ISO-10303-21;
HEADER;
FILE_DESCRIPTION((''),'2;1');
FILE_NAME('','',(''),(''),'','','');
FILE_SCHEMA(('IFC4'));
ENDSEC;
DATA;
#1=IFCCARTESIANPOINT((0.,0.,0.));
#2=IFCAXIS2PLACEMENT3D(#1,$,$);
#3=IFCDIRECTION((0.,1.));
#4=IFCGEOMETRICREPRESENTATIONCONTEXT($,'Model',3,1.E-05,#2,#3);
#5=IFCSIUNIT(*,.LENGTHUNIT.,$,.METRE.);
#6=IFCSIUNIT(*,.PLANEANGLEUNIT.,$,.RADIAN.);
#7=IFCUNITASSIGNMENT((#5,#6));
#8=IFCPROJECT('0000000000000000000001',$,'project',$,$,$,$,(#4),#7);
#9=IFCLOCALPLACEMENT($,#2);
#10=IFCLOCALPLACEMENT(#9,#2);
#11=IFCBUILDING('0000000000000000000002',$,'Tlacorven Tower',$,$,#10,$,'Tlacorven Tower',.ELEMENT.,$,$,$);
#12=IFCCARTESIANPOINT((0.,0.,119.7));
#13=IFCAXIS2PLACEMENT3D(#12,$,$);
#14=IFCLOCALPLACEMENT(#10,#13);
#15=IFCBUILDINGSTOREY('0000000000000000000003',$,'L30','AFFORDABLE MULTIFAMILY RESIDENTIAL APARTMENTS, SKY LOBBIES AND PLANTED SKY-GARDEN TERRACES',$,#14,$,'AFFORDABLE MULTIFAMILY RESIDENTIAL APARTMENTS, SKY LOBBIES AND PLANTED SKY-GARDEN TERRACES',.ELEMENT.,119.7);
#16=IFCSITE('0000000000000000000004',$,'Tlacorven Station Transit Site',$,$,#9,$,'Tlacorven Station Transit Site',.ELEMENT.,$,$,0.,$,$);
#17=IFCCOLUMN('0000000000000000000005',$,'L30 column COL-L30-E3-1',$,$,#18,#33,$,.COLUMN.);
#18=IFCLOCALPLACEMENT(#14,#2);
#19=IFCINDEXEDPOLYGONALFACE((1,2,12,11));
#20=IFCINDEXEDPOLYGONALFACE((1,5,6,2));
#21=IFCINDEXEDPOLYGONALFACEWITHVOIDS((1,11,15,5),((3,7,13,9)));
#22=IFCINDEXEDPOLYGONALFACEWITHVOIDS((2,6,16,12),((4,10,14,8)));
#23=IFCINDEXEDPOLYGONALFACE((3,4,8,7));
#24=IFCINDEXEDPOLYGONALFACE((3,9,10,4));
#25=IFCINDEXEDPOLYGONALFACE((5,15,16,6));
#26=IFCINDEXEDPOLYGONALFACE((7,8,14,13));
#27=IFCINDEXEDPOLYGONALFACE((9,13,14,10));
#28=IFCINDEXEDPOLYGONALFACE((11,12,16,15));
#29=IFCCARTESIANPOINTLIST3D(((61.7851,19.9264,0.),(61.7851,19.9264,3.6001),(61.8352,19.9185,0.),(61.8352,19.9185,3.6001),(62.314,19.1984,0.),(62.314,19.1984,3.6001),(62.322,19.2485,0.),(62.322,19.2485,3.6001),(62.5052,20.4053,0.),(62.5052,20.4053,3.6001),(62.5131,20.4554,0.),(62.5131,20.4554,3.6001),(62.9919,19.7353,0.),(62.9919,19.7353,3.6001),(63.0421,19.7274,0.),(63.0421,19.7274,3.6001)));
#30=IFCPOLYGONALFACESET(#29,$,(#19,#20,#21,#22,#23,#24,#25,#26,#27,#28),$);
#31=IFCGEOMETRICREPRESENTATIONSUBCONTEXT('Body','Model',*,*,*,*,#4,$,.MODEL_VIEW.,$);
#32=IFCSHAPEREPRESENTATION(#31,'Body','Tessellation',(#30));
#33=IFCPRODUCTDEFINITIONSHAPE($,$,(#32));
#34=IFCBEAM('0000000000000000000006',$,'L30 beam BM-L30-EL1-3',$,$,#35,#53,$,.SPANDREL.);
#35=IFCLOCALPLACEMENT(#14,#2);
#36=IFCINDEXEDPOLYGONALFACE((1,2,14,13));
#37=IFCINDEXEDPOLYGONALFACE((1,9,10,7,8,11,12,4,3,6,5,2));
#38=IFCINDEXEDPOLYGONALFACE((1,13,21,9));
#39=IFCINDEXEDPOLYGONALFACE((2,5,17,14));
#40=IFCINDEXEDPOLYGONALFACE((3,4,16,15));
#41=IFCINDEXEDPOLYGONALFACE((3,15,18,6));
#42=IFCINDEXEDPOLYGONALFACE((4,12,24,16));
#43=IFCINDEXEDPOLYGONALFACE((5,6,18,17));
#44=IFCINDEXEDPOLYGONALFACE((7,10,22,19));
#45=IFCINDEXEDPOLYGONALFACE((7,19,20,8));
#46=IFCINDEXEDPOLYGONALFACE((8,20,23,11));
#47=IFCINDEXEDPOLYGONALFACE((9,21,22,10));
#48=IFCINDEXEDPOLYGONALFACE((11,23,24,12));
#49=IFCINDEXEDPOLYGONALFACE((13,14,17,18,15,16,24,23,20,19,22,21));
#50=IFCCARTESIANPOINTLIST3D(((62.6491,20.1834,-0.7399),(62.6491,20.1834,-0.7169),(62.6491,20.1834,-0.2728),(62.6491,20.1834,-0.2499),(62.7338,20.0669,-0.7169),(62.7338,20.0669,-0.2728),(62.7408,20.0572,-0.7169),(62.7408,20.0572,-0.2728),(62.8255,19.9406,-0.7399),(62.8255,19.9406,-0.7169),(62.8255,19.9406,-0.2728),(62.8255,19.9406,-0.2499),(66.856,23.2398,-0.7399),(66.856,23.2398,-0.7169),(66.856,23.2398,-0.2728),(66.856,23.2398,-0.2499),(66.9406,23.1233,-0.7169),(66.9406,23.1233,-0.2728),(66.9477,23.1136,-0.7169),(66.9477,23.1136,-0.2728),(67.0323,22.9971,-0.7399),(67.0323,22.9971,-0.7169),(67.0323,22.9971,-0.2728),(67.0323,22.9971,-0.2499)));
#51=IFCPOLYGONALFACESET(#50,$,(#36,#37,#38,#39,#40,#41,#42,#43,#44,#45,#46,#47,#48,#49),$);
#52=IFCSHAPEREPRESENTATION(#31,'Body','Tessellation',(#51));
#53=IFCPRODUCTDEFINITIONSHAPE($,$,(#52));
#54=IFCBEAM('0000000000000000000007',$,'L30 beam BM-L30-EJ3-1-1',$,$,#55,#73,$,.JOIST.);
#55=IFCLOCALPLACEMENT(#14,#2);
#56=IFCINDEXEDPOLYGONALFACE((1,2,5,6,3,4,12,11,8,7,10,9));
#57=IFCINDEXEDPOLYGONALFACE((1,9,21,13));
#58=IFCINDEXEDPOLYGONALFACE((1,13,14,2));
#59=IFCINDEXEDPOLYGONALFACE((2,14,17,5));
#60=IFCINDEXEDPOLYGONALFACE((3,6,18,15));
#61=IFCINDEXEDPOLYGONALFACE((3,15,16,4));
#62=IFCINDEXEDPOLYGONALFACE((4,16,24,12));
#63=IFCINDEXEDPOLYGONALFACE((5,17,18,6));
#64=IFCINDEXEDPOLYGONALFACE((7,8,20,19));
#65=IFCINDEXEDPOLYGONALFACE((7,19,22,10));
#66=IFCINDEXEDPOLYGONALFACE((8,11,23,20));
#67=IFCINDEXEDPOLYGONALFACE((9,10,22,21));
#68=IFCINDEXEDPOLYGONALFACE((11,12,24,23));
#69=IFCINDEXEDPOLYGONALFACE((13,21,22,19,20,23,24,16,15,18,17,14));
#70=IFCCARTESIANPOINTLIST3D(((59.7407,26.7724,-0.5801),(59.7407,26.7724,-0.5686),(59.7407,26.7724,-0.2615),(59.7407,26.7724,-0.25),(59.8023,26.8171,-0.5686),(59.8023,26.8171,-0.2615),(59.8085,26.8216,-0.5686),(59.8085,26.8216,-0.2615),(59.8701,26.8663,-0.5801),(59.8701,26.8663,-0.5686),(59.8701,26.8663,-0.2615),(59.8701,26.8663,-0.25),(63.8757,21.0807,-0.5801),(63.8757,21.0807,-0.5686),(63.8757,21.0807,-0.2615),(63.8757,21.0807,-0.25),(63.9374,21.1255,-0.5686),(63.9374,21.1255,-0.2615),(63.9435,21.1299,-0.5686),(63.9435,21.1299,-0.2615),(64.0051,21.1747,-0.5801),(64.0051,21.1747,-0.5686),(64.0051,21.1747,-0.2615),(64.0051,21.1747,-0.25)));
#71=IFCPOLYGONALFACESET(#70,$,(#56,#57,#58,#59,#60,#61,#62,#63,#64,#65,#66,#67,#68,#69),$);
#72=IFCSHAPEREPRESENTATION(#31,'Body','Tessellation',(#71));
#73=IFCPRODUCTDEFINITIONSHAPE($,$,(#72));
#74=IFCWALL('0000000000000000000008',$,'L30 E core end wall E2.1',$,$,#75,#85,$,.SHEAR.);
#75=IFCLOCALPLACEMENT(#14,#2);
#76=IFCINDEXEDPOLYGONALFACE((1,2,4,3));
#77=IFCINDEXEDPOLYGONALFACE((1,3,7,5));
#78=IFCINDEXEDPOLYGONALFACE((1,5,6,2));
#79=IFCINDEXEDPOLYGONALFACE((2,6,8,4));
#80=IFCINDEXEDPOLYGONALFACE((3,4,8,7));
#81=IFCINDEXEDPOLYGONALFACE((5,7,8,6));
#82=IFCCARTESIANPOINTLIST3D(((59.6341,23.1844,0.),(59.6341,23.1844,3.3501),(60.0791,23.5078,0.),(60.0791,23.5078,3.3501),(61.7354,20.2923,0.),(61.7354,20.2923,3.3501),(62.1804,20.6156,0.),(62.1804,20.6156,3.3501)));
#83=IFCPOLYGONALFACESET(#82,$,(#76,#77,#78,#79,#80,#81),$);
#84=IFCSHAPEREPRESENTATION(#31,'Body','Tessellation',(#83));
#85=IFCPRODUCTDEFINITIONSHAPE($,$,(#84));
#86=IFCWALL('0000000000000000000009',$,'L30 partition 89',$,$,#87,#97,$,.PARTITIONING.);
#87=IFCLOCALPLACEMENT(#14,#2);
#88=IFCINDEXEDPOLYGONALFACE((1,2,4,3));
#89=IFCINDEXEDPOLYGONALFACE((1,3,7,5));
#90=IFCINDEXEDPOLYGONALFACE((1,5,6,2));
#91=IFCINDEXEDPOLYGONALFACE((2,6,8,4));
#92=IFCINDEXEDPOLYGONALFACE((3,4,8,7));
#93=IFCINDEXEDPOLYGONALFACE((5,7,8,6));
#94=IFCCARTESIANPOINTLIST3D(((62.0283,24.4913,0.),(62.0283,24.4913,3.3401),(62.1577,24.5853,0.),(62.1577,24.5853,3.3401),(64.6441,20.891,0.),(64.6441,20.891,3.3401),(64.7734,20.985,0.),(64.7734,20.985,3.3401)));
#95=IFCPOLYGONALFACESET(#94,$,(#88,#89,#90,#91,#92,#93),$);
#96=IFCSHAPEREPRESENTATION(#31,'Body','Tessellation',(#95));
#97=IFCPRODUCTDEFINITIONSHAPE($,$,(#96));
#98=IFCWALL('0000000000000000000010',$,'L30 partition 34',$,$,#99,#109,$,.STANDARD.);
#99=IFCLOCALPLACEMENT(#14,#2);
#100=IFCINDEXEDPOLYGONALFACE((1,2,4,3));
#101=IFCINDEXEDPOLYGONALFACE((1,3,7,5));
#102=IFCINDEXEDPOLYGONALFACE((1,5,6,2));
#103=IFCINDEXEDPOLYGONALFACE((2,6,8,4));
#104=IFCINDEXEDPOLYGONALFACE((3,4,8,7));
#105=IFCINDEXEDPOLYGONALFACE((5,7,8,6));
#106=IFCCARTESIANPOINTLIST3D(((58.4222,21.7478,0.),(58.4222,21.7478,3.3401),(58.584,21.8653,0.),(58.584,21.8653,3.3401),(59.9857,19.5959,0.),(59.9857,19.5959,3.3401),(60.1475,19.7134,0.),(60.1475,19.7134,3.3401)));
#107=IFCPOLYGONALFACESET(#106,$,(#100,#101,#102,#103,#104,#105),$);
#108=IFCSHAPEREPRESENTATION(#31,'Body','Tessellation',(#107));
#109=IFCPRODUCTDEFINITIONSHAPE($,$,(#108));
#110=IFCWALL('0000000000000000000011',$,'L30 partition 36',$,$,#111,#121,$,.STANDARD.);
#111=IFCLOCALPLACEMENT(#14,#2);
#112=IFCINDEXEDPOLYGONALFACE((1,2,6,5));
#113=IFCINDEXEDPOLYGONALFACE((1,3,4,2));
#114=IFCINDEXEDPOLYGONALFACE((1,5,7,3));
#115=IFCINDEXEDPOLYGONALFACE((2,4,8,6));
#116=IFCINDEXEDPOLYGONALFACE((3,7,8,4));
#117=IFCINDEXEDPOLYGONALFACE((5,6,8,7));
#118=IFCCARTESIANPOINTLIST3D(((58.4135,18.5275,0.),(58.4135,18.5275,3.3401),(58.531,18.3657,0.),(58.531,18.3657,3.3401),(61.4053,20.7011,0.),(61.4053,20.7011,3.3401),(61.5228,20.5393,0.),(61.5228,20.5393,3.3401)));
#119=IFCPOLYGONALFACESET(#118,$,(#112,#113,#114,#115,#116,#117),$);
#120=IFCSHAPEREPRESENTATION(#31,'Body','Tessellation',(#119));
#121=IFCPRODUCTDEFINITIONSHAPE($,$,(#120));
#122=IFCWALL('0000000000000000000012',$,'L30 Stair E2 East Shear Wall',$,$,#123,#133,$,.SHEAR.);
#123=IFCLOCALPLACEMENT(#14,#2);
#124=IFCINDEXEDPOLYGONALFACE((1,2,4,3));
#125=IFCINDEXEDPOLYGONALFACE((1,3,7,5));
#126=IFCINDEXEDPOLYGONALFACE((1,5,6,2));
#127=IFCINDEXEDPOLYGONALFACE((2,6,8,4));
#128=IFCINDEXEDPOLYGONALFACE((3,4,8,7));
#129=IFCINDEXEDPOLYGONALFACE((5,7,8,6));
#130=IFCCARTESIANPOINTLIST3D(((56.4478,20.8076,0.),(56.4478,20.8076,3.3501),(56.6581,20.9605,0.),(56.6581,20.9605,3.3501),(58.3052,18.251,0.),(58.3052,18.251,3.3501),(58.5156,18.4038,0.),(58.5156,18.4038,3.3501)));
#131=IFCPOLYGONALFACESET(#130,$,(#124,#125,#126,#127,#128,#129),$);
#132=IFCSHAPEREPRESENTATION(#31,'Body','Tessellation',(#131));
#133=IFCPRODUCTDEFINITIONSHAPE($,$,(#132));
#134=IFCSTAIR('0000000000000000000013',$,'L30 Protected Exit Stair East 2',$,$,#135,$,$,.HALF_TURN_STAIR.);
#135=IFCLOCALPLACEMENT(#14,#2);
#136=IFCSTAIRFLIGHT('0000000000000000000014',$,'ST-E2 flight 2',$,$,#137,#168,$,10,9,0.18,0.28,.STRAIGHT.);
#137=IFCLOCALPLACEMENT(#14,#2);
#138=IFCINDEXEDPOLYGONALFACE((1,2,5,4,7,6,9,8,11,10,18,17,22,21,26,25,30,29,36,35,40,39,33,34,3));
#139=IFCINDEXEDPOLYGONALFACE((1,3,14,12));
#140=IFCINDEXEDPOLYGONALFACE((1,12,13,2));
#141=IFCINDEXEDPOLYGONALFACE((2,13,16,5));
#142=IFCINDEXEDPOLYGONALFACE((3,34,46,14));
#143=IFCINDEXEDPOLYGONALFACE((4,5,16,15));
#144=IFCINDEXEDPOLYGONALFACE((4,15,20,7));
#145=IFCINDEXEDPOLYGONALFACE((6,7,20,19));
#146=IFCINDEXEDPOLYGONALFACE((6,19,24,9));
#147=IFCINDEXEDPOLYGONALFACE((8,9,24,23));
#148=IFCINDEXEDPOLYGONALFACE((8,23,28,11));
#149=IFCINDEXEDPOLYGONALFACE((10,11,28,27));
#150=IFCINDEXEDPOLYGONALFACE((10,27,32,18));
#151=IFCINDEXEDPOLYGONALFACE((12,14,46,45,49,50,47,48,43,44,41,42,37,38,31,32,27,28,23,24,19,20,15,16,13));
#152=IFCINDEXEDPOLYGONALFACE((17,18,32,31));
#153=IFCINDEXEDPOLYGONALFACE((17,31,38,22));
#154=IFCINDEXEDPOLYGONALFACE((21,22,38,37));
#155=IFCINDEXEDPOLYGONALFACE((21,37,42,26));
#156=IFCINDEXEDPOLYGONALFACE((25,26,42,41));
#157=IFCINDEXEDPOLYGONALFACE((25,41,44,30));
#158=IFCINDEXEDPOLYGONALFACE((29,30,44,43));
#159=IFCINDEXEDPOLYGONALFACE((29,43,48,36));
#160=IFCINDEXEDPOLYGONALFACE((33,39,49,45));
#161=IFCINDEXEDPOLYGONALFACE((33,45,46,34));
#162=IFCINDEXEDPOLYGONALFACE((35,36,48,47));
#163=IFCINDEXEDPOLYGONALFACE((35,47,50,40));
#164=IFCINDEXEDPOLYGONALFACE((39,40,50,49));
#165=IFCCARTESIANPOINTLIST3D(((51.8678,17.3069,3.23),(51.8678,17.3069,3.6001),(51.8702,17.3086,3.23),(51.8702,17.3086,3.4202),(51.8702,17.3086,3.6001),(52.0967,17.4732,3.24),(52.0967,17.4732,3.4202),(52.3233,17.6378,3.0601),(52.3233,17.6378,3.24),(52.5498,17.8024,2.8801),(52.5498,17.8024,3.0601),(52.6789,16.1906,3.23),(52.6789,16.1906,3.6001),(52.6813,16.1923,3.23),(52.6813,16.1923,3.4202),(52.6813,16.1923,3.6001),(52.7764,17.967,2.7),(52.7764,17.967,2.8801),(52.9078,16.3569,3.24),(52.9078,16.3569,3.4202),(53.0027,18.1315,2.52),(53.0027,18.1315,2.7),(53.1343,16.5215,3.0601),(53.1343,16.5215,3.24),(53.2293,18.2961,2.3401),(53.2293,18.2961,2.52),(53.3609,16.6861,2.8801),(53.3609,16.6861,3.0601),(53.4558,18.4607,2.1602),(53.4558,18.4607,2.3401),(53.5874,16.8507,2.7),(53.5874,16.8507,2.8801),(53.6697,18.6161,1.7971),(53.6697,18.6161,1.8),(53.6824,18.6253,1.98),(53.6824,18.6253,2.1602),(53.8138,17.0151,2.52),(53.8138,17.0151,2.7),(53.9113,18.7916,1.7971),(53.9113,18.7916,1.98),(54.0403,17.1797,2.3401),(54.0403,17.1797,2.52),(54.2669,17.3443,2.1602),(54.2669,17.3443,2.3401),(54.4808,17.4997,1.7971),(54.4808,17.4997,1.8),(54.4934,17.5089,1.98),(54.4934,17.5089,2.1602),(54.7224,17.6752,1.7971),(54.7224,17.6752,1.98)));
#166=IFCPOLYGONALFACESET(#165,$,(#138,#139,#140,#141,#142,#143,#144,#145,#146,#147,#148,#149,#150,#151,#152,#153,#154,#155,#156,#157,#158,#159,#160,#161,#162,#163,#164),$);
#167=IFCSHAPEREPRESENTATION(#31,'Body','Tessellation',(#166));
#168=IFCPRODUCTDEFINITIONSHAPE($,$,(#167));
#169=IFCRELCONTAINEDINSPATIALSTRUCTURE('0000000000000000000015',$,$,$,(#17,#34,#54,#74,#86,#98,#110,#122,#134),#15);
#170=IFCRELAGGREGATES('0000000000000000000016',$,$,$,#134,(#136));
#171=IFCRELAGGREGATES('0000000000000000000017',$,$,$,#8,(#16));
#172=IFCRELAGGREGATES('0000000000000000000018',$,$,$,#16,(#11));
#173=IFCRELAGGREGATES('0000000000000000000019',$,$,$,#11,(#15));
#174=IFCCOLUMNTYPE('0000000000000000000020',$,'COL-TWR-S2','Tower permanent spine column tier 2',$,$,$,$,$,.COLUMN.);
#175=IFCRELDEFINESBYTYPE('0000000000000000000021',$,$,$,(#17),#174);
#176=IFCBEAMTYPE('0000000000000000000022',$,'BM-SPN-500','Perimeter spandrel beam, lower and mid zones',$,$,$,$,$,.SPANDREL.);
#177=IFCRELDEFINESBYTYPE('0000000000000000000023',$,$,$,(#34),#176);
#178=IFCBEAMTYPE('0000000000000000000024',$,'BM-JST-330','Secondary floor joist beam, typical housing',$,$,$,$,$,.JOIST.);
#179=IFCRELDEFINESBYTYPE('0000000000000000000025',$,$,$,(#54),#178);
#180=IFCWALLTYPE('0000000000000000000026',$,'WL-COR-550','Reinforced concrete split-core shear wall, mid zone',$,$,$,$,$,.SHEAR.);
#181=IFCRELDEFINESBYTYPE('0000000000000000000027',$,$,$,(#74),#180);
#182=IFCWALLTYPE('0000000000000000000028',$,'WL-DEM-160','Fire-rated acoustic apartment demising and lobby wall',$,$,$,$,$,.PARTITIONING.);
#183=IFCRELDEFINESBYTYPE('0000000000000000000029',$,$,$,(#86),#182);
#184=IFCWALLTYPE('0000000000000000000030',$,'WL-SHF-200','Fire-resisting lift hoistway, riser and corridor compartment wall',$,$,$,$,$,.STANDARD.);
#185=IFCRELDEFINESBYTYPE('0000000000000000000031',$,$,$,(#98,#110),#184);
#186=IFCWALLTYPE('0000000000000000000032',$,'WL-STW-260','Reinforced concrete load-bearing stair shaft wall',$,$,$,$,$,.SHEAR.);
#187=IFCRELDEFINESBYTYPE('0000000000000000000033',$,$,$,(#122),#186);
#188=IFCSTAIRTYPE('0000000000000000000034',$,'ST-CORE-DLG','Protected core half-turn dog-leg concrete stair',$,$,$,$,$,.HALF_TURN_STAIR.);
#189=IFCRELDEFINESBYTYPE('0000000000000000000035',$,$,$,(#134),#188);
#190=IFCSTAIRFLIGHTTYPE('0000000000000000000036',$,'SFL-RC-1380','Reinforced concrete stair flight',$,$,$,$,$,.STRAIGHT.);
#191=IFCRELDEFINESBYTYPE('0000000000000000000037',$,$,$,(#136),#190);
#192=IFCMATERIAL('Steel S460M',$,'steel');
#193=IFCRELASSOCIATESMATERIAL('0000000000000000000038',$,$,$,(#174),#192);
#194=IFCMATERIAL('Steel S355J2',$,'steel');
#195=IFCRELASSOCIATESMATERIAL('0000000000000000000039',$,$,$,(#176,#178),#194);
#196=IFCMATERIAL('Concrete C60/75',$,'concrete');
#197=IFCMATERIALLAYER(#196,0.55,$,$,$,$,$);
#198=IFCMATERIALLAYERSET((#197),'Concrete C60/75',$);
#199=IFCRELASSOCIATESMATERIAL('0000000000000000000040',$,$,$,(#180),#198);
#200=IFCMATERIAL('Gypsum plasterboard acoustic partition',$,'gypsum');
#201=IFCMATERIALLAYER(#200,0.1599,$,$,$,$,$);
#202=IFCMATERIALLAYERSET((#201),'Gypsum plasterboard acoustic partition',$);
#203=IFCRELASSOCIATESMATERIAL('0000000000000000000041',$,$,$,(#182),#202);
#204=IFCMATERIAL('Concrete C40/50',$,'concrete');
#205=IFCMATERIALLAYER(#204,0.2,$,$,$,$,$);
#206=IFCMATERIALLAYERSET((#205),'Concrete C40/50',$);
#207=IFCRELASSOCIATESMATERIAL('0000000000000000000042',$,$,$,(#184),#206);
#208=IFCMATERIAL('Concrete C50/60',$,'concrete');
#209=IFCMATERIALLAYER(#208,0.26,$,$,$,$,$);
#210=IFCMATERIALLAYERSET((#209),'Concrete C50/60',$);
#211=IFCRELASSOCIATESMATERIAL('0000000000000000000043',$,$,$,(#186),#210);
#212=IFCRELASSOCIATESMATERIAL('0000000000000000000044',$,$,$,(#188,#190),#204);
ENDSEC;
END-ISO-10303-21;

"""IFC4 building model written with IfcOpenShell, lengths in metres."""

from ifc_helpers import new_model, si_unit, direction, frame, frame_2d, origin, origin_2d, place, context, subcontext, project, spatial, polyline, rectangle, hollow_rectangle, i_section, outline, extrude, source, transform, mapped, material, layer, layer_set, material_profile, profile_set, type_object, element, aggregate, save


model = new_model("IFC4")

# Units and contexts
model_context = context("Model", 3, precision=1e-05, world=origin(), true_north=direction((0.0, 1.0)))
body_context = subcontext(model_context, "Body", "Model", "MODEL_VIEW")
ifc_project = project(units=[si_unit("LENGTHUNIT", "METRE"), si_unit("PLANEANGLEUNIT", "RADIAN")], contexts=[model_context])

# Site, building, storey
site_placement = place(None, origin())
site = spatial("IfcSite", under=ifc_project, at=site_placement, Name="Tlacorven Station Transit Site", LongName="Tlacorven Station Transit Site", CompositionType="ELEMENT", RefElevation=0.0)
building_placement = place(site_placement, origin())
building = spatial("IfcBuilding", under=site, at=building_placement, Name="Tlacorven Tower", LongName="Tlacorven Tower", CompositionType="ELEMENT")
storey_placement = place(building_placement, frame((0.0, 0.0, 119.7)))
storey = spatial("IfcBuildingStorey", under=building, at=storey_placement, Name="L30", Description="AFFORDABLE MULTIFAMILY RESIDENTIAL APARTMENTS, SKY LOBBIES AND PLANTED SKY-GARDEN TERRACES", LongName="AFFORDABLE MULTIFAMILY RESIDENTIAL APARTMENTS, SKY LOBBIES AND PLANTED SKY-GARDEN TERRACES", CompositionType="ELEMENT", Elevation=119.7)

# Column
ifc_material_1 = material(Name="Steel S460M", Category="steel")
ifc_material_profile_1 = material_profile(ifc_material_1, hollow_rectangle(XDim=0.8999, YDim=0.8999, WallThickness=0.0359, at=origin_2d()), Name="BOX 900X900X36")
ifc_profile_set_1 = profile_set([ifc_material_profile_1], Name="Steel S460M")
column_type = type_object("IfcColumnType", Name="COL-TWR-S2", Description="Tower permanent spine column tier 2", PredefinedType="COLUMN", material=ifc_profile_set_1)
shared_shape_1 = source(origin(), body_context, "Body", "SweptSolid", [
    extrude(hollow_rectangle(XDim=0.8999, YDim=0.8999, WallThickness=0.0359, at=origin_2d()), origin(), (0.0, 0.0, 1.0), 3.6001),
])
column_placement = place(storey_placement, frame((62.4136, 19.8269, 0.0), z_axis=(0.0, 0.0, 1.0), x_axis=(0.809017, 0.587785, 0.0)))
element("IfcColumn", 1, at=column_placement, inside=storey, type_object=column_type, Name="L30 column COL-L30-E3-1", PredefinedType="COLUMN", context=body_context, shape_type="MappedRepresentation", body=[
    mapped(shared_shape_1, transform((0.0, 0.0, 0.0), scale=1.0)),
])

# Beams
ifc_material_2 = material(Name="Steel S355J2", Category="steel")
ifc_material_profile_2 = material_profile(ifc_material_2, i_section(OverallWidth=0.3, OverallDepth=0.49, WebThickness=0.012, FlangeThickness=0.0229, at=origin_2d()), Name="HEA 500")
ifc_profile_set_2 = profile_set([ifc_material_profile_2], Name="Steel S355J2")
beam_type_1 = type_object("IfcBeamType", Name="BM-SPN-500", Description="Perimeter spandrel beam, lower and mid zones", PredefinedType="SPANDREL", material=ifc_profile_set_2)
shared_shape_2 = source(origin(), body_context, "Body", "SweptSolid", [
    extrude(i_section(OverallWidth=0.3, OverallDepth=0.49, WebThickness=0.012, FlangeThickness=0.0229, at=origin_2d()), origin(), (0.0, 0.0, 1.0), 5.2),
])
beam_1_placement = place(storey_placement, frame((62.7373, 20.062, -0.4949), z_axis=(0.809018, 0.587784, 0.0), x_axis=(-0.587784, 0.809018, 0.0)))
element("IfcBeam", 2, at=beam_1_placement, inside=storey, type_object=beam_type_1, Name="L30 beam BM-L30-EL1-3", PredefinedType="SPANDREL", context=body_context, shape_type="MappedRepresentation", body=[
    mapped(shared_shape_2, transform((0.0, 0.0, 0.0), scale=1.0)),
])
ifc_material_profile_3 = material_profile(ifc_material_2, i_section(OverallWidth=0.1599, OverallDepth=0.3301, WebThickness=0.0076, FlangeThickness=0.0115, at=origin_2d()), Name="IPE 330")
ifc_profile_set_3 = profile_set([ifc_material_profile_3], Name="Steel S355J2")
beam_type_2 = type_object("IfcBeamType", Name="BM-JST-330", Description="Secondary floor joist beam, typical housing", PredefinedType="JOIST", material=ifc_profile_set_3)
shared_shape_3 = source(origin(), body_context, "Body", "SweptSolid", [
    extrude(i_section(OverallWidth=0.1599, OverallDepth=0.3301, WebThickness=0.0076, FlangeThickness=0.0115, at=origin_2d()), origin(), (0.0, 0.0, 1.0), 7.0352),
])
beam_2_placement = place(storey_placement, frame((63.9404, 21.1277, -0.415), z_axis=(-0.587765, 0.809032, 0.0), x_axis=(-0.809032, -0.587765, 0.0)))
element("IfcBeam", 3, at=beam_2_placement, inside=storey, type_object=beam_type_2, Name="L30 beam BM-L30-EJ3-1-1", PredefinedType="JOIST", context=body_context, shape_type="MappedRepresentation", body=[
    mapped(shared_shape_3, transform((0.0, 0.0, 0.0), scale=1.0)),
])

# Walls
ifc_material_3 = material(Name="Concrete C60/75", Category="concrete")
ifc_layer_1 = layer(ifc_material_3, 0.55)
ifc_layer_set_1 = layer_set([ifc_layer_1], Name="Concrete C60/75")
wall_type_1 = type_object("IfcWallType", Name="WL-COR-550", Description="Reinforced concrete split-core shear wall, mid zone", PredefinedType="SHEAR", material=ifc_layer_set_1)
wall_1_placement = place(storey_placement, frame((61.958, 20.4539, 0.0), z_axis=(0.0, 0.0, 1.0), x_axis=(-0.587802, 0.809005, 0.0)))
element("IfcWall", 4, at=wall_1_placement, inside=storey, type_object=wall_type_1, Name="L30 E core end wall E2.1", PredefinedType="SHEAR", context=body_context, shape_type="SweptSolid", body=[
    extrude(rectangle(XDim=3.575, YDim=0.55, at=frame_2d((1.7876, 0.0))), origin(), (0.0, 0.0, 1.0), 3.3501),
])
ifc_material_4 = material(Name="Gypsum plasterboard acoustic partition", Category="gypsum")
ifc_layer_2 = layer(ifc_material_4, 0.1599)
ifc_layer_set_2 = layer_set([ifc_layer_2], Name="Gypsum plasterboard acoustic partition")
wall_type_2 = type_object("IfcWallType", Name="WL-DEM-160", Description="Fire-rated acoustic apartment demising and lobby wall", PredefinedType="PARTITIONING", material=ifc_layer_set_2)
wall_2_placement = place(storey_placement, frame((64.7087, 20.938, 0.0), z_axis=(0.0, 0.0, 1.0), x_axis=(-0.587774, 0.809025, 0.0)))
element("IfcWall", 5, at=wall_2_placement, inside=storey, type_object=wall_type_2, Name="L30 partition 89", PredefinedType="PARTITIONING", context=body_context, shape_type="SweptSolid", body=[
    extrude(rectangle(XDim=4.4502, YDim=0.1599, at=frame_2d((2.2251, 0.0))), origin(), (0.0, 0.0, 1.0), 3.3401),
])

# Shared definitions
ifc_material_5 = material(Name="Concrete C40/50", Category="concrete")
ifc_layer_3 = layer(ifc_material_5, 0.2)
ifc_layer_set_3 = layer_set([ifc_layer_3], Name="Concrete C40/50")
wall_type_3 = type_object("IfcWallType", Name="WL-SHF-200", Description="Fire-resisting lift hoistway, riser and corridor compartment wall", PredefinedType="STANDARD", material=ifc_layer_set_3)

# Walls
wall_3_placement = place(storey_placement, frame((60.0667, 19.6545, 0.0), z_axis=(0.0, 0.0, 1.0), x_axis=(-0.587801, 0.809006, 0.0)))
element("IfcWall", 6, at=wall_3_placement, inside=storey, type_object=wall_type_3, Name="L30 partition 34", PredefinedType="STANDARD", context=body_context, shape_type="SweptSolid", body=[
    extrude(rectangle(XDim=2.6599, YDim=0.2, at=frame_2d((1.3301, 0.0))), origin(), (0.0, 0.0, 1.0), 3.3401),
])
wall_4_placement = place(storey_placement, frame((58.4722, 18.4465, 0.0), z_axis=(0.0, 0.0, 1.0), x_axis=(0.809019, 0.587783, 0.0)))
element("IfcWall", 7, at=wall_4_placement, inside=storey, type_object=wall_type_3, Name="L30 partition 36", PredefinedType="STANDARD", context=body_context, shape_type="SweptSolid", body=[
    extrude(rectangle(XDim=3.698, YDim=0.2, at=frame_2d((1.8491, 0.0))), origin(), (0.0, 0.0, 1.0), 3.3401),
])
ifc_material_6 = material(Name="Concrete C50/60", Category="concrete")
ifc_layer_4 = layer(ifc_material_6, 0.26)
ifc_layer_set_4 = layer_set([ifc_layer_4], Name="Concrete C50/60")
wall_type_4 = type_object("IfcWallType", Name="WL-STW-260", Description="Reinforced concrete load-bearing stair shaft wall", PredefinedType="SHEAR", material=ifc_layer_set_4)
wall_5_placement = place(storey_placement, frame((58.4104, 18.3274, 0.0), z_axis=(0.0, 0.0, 1.0), x_axis=(-0.587767, 0.80903, 0.0)))
element("IfcWall", 8, at=wall_5_placement, inside=storey, type_object=wall_type_4, Name="L30 Stair E2 East Shear Wall", PredefinedType="SHEAR", context=body_context, shape_type="SweptSolid", body=[
    extrude(rectangle(XDim=3.1602, YDim=0.26, at=frame_2d((1.5801, 0.0))), origin(), (0.0, 0.0, 1.0), 3.3501),
])

# Stair, stair flight
stair_type = type_object("IfcStairType", Name="ST-CORE-DLG", Description="Protected core half-turn dog-leg concrete stair", PredefinedType="HALF_TURN_STAIR", material=ifc_material_5)
stair_placement = place(storey_placement, origin())
stair = element("IfcStair", 9, at=stair_placement, inside=storey, type_object=stair_type, Name="L30 Protected Exit Stair East 2", PredefinedType="HALF_TURN_STAIR")
stair_flight_type = type_object("IfcStairFlightType", Name="SFL-RC-1380", Description="Reinforced concrete stair flight", PredefinedType="STRAIGHT", material=ifc_material_5)
shared_shape_4 = source(origin(), body_context, "Body", "SweptSolid", [
    extrude(outline(polyline([(-0.0029, -0.0029), (-0.0029, 0.1799), (0.28, 0.1799), (0.28, 0.3601), (0.5601, 0.3601), (0.5601, 0.54), (0.8401, 0.54), (0.8401, 0.72), (1.1201, 0.72), (1.1201, 0.8999), (1.3999, 0.8999), (1.3999, 1.0801), (1.6799, 1.0801), (1.6799, 1.26), (1.96, 1.26), (1.96, 1.4399), (2.24, 1.4399), (2.24, 1.6201), (2.52, 1.6201), (2.52, 1.8), (2.5229, 1.8), (2.5229, 1.4299), (2.52, 1.4299), (0.2957, 0.0), (0.2957, -0.0029), (-0.0029, -0.0029)])), frame((0.0, 0.6899, 0.0), z_axis=(0.0, -1.0, 0.0), x_axis=(1.0, 0.0, 0.0)), (0.0, 0.0, 1.0), 1.3799),
])
stair_flight_placement = place(storey_placement, frame((54.3145, 18.2317, 1.8), z_axis=(0.0, 0.0, 1.0), x_axis=(-0.809017, -0.587785, 0.0)))
stair_flight = element("IfcStairFlight", 10, at=stair_flight_placement, type_object=stair_flight_type, Name="ST-E2 flight 2", NumberOfRisers=10, NumberOfTreads=9, PredefinedType="STRAIGHT", RiserHeight=0.18, TreadLength=0.28, context=body_context, shape_type="MappedRepresentation", body=[
    mapped(shared_shape_4, transform((0.0, 0.0, 0.0), scale=1.0)),
])
aggregate(stair, [stair_flight])

save(model, "model.ifc")
